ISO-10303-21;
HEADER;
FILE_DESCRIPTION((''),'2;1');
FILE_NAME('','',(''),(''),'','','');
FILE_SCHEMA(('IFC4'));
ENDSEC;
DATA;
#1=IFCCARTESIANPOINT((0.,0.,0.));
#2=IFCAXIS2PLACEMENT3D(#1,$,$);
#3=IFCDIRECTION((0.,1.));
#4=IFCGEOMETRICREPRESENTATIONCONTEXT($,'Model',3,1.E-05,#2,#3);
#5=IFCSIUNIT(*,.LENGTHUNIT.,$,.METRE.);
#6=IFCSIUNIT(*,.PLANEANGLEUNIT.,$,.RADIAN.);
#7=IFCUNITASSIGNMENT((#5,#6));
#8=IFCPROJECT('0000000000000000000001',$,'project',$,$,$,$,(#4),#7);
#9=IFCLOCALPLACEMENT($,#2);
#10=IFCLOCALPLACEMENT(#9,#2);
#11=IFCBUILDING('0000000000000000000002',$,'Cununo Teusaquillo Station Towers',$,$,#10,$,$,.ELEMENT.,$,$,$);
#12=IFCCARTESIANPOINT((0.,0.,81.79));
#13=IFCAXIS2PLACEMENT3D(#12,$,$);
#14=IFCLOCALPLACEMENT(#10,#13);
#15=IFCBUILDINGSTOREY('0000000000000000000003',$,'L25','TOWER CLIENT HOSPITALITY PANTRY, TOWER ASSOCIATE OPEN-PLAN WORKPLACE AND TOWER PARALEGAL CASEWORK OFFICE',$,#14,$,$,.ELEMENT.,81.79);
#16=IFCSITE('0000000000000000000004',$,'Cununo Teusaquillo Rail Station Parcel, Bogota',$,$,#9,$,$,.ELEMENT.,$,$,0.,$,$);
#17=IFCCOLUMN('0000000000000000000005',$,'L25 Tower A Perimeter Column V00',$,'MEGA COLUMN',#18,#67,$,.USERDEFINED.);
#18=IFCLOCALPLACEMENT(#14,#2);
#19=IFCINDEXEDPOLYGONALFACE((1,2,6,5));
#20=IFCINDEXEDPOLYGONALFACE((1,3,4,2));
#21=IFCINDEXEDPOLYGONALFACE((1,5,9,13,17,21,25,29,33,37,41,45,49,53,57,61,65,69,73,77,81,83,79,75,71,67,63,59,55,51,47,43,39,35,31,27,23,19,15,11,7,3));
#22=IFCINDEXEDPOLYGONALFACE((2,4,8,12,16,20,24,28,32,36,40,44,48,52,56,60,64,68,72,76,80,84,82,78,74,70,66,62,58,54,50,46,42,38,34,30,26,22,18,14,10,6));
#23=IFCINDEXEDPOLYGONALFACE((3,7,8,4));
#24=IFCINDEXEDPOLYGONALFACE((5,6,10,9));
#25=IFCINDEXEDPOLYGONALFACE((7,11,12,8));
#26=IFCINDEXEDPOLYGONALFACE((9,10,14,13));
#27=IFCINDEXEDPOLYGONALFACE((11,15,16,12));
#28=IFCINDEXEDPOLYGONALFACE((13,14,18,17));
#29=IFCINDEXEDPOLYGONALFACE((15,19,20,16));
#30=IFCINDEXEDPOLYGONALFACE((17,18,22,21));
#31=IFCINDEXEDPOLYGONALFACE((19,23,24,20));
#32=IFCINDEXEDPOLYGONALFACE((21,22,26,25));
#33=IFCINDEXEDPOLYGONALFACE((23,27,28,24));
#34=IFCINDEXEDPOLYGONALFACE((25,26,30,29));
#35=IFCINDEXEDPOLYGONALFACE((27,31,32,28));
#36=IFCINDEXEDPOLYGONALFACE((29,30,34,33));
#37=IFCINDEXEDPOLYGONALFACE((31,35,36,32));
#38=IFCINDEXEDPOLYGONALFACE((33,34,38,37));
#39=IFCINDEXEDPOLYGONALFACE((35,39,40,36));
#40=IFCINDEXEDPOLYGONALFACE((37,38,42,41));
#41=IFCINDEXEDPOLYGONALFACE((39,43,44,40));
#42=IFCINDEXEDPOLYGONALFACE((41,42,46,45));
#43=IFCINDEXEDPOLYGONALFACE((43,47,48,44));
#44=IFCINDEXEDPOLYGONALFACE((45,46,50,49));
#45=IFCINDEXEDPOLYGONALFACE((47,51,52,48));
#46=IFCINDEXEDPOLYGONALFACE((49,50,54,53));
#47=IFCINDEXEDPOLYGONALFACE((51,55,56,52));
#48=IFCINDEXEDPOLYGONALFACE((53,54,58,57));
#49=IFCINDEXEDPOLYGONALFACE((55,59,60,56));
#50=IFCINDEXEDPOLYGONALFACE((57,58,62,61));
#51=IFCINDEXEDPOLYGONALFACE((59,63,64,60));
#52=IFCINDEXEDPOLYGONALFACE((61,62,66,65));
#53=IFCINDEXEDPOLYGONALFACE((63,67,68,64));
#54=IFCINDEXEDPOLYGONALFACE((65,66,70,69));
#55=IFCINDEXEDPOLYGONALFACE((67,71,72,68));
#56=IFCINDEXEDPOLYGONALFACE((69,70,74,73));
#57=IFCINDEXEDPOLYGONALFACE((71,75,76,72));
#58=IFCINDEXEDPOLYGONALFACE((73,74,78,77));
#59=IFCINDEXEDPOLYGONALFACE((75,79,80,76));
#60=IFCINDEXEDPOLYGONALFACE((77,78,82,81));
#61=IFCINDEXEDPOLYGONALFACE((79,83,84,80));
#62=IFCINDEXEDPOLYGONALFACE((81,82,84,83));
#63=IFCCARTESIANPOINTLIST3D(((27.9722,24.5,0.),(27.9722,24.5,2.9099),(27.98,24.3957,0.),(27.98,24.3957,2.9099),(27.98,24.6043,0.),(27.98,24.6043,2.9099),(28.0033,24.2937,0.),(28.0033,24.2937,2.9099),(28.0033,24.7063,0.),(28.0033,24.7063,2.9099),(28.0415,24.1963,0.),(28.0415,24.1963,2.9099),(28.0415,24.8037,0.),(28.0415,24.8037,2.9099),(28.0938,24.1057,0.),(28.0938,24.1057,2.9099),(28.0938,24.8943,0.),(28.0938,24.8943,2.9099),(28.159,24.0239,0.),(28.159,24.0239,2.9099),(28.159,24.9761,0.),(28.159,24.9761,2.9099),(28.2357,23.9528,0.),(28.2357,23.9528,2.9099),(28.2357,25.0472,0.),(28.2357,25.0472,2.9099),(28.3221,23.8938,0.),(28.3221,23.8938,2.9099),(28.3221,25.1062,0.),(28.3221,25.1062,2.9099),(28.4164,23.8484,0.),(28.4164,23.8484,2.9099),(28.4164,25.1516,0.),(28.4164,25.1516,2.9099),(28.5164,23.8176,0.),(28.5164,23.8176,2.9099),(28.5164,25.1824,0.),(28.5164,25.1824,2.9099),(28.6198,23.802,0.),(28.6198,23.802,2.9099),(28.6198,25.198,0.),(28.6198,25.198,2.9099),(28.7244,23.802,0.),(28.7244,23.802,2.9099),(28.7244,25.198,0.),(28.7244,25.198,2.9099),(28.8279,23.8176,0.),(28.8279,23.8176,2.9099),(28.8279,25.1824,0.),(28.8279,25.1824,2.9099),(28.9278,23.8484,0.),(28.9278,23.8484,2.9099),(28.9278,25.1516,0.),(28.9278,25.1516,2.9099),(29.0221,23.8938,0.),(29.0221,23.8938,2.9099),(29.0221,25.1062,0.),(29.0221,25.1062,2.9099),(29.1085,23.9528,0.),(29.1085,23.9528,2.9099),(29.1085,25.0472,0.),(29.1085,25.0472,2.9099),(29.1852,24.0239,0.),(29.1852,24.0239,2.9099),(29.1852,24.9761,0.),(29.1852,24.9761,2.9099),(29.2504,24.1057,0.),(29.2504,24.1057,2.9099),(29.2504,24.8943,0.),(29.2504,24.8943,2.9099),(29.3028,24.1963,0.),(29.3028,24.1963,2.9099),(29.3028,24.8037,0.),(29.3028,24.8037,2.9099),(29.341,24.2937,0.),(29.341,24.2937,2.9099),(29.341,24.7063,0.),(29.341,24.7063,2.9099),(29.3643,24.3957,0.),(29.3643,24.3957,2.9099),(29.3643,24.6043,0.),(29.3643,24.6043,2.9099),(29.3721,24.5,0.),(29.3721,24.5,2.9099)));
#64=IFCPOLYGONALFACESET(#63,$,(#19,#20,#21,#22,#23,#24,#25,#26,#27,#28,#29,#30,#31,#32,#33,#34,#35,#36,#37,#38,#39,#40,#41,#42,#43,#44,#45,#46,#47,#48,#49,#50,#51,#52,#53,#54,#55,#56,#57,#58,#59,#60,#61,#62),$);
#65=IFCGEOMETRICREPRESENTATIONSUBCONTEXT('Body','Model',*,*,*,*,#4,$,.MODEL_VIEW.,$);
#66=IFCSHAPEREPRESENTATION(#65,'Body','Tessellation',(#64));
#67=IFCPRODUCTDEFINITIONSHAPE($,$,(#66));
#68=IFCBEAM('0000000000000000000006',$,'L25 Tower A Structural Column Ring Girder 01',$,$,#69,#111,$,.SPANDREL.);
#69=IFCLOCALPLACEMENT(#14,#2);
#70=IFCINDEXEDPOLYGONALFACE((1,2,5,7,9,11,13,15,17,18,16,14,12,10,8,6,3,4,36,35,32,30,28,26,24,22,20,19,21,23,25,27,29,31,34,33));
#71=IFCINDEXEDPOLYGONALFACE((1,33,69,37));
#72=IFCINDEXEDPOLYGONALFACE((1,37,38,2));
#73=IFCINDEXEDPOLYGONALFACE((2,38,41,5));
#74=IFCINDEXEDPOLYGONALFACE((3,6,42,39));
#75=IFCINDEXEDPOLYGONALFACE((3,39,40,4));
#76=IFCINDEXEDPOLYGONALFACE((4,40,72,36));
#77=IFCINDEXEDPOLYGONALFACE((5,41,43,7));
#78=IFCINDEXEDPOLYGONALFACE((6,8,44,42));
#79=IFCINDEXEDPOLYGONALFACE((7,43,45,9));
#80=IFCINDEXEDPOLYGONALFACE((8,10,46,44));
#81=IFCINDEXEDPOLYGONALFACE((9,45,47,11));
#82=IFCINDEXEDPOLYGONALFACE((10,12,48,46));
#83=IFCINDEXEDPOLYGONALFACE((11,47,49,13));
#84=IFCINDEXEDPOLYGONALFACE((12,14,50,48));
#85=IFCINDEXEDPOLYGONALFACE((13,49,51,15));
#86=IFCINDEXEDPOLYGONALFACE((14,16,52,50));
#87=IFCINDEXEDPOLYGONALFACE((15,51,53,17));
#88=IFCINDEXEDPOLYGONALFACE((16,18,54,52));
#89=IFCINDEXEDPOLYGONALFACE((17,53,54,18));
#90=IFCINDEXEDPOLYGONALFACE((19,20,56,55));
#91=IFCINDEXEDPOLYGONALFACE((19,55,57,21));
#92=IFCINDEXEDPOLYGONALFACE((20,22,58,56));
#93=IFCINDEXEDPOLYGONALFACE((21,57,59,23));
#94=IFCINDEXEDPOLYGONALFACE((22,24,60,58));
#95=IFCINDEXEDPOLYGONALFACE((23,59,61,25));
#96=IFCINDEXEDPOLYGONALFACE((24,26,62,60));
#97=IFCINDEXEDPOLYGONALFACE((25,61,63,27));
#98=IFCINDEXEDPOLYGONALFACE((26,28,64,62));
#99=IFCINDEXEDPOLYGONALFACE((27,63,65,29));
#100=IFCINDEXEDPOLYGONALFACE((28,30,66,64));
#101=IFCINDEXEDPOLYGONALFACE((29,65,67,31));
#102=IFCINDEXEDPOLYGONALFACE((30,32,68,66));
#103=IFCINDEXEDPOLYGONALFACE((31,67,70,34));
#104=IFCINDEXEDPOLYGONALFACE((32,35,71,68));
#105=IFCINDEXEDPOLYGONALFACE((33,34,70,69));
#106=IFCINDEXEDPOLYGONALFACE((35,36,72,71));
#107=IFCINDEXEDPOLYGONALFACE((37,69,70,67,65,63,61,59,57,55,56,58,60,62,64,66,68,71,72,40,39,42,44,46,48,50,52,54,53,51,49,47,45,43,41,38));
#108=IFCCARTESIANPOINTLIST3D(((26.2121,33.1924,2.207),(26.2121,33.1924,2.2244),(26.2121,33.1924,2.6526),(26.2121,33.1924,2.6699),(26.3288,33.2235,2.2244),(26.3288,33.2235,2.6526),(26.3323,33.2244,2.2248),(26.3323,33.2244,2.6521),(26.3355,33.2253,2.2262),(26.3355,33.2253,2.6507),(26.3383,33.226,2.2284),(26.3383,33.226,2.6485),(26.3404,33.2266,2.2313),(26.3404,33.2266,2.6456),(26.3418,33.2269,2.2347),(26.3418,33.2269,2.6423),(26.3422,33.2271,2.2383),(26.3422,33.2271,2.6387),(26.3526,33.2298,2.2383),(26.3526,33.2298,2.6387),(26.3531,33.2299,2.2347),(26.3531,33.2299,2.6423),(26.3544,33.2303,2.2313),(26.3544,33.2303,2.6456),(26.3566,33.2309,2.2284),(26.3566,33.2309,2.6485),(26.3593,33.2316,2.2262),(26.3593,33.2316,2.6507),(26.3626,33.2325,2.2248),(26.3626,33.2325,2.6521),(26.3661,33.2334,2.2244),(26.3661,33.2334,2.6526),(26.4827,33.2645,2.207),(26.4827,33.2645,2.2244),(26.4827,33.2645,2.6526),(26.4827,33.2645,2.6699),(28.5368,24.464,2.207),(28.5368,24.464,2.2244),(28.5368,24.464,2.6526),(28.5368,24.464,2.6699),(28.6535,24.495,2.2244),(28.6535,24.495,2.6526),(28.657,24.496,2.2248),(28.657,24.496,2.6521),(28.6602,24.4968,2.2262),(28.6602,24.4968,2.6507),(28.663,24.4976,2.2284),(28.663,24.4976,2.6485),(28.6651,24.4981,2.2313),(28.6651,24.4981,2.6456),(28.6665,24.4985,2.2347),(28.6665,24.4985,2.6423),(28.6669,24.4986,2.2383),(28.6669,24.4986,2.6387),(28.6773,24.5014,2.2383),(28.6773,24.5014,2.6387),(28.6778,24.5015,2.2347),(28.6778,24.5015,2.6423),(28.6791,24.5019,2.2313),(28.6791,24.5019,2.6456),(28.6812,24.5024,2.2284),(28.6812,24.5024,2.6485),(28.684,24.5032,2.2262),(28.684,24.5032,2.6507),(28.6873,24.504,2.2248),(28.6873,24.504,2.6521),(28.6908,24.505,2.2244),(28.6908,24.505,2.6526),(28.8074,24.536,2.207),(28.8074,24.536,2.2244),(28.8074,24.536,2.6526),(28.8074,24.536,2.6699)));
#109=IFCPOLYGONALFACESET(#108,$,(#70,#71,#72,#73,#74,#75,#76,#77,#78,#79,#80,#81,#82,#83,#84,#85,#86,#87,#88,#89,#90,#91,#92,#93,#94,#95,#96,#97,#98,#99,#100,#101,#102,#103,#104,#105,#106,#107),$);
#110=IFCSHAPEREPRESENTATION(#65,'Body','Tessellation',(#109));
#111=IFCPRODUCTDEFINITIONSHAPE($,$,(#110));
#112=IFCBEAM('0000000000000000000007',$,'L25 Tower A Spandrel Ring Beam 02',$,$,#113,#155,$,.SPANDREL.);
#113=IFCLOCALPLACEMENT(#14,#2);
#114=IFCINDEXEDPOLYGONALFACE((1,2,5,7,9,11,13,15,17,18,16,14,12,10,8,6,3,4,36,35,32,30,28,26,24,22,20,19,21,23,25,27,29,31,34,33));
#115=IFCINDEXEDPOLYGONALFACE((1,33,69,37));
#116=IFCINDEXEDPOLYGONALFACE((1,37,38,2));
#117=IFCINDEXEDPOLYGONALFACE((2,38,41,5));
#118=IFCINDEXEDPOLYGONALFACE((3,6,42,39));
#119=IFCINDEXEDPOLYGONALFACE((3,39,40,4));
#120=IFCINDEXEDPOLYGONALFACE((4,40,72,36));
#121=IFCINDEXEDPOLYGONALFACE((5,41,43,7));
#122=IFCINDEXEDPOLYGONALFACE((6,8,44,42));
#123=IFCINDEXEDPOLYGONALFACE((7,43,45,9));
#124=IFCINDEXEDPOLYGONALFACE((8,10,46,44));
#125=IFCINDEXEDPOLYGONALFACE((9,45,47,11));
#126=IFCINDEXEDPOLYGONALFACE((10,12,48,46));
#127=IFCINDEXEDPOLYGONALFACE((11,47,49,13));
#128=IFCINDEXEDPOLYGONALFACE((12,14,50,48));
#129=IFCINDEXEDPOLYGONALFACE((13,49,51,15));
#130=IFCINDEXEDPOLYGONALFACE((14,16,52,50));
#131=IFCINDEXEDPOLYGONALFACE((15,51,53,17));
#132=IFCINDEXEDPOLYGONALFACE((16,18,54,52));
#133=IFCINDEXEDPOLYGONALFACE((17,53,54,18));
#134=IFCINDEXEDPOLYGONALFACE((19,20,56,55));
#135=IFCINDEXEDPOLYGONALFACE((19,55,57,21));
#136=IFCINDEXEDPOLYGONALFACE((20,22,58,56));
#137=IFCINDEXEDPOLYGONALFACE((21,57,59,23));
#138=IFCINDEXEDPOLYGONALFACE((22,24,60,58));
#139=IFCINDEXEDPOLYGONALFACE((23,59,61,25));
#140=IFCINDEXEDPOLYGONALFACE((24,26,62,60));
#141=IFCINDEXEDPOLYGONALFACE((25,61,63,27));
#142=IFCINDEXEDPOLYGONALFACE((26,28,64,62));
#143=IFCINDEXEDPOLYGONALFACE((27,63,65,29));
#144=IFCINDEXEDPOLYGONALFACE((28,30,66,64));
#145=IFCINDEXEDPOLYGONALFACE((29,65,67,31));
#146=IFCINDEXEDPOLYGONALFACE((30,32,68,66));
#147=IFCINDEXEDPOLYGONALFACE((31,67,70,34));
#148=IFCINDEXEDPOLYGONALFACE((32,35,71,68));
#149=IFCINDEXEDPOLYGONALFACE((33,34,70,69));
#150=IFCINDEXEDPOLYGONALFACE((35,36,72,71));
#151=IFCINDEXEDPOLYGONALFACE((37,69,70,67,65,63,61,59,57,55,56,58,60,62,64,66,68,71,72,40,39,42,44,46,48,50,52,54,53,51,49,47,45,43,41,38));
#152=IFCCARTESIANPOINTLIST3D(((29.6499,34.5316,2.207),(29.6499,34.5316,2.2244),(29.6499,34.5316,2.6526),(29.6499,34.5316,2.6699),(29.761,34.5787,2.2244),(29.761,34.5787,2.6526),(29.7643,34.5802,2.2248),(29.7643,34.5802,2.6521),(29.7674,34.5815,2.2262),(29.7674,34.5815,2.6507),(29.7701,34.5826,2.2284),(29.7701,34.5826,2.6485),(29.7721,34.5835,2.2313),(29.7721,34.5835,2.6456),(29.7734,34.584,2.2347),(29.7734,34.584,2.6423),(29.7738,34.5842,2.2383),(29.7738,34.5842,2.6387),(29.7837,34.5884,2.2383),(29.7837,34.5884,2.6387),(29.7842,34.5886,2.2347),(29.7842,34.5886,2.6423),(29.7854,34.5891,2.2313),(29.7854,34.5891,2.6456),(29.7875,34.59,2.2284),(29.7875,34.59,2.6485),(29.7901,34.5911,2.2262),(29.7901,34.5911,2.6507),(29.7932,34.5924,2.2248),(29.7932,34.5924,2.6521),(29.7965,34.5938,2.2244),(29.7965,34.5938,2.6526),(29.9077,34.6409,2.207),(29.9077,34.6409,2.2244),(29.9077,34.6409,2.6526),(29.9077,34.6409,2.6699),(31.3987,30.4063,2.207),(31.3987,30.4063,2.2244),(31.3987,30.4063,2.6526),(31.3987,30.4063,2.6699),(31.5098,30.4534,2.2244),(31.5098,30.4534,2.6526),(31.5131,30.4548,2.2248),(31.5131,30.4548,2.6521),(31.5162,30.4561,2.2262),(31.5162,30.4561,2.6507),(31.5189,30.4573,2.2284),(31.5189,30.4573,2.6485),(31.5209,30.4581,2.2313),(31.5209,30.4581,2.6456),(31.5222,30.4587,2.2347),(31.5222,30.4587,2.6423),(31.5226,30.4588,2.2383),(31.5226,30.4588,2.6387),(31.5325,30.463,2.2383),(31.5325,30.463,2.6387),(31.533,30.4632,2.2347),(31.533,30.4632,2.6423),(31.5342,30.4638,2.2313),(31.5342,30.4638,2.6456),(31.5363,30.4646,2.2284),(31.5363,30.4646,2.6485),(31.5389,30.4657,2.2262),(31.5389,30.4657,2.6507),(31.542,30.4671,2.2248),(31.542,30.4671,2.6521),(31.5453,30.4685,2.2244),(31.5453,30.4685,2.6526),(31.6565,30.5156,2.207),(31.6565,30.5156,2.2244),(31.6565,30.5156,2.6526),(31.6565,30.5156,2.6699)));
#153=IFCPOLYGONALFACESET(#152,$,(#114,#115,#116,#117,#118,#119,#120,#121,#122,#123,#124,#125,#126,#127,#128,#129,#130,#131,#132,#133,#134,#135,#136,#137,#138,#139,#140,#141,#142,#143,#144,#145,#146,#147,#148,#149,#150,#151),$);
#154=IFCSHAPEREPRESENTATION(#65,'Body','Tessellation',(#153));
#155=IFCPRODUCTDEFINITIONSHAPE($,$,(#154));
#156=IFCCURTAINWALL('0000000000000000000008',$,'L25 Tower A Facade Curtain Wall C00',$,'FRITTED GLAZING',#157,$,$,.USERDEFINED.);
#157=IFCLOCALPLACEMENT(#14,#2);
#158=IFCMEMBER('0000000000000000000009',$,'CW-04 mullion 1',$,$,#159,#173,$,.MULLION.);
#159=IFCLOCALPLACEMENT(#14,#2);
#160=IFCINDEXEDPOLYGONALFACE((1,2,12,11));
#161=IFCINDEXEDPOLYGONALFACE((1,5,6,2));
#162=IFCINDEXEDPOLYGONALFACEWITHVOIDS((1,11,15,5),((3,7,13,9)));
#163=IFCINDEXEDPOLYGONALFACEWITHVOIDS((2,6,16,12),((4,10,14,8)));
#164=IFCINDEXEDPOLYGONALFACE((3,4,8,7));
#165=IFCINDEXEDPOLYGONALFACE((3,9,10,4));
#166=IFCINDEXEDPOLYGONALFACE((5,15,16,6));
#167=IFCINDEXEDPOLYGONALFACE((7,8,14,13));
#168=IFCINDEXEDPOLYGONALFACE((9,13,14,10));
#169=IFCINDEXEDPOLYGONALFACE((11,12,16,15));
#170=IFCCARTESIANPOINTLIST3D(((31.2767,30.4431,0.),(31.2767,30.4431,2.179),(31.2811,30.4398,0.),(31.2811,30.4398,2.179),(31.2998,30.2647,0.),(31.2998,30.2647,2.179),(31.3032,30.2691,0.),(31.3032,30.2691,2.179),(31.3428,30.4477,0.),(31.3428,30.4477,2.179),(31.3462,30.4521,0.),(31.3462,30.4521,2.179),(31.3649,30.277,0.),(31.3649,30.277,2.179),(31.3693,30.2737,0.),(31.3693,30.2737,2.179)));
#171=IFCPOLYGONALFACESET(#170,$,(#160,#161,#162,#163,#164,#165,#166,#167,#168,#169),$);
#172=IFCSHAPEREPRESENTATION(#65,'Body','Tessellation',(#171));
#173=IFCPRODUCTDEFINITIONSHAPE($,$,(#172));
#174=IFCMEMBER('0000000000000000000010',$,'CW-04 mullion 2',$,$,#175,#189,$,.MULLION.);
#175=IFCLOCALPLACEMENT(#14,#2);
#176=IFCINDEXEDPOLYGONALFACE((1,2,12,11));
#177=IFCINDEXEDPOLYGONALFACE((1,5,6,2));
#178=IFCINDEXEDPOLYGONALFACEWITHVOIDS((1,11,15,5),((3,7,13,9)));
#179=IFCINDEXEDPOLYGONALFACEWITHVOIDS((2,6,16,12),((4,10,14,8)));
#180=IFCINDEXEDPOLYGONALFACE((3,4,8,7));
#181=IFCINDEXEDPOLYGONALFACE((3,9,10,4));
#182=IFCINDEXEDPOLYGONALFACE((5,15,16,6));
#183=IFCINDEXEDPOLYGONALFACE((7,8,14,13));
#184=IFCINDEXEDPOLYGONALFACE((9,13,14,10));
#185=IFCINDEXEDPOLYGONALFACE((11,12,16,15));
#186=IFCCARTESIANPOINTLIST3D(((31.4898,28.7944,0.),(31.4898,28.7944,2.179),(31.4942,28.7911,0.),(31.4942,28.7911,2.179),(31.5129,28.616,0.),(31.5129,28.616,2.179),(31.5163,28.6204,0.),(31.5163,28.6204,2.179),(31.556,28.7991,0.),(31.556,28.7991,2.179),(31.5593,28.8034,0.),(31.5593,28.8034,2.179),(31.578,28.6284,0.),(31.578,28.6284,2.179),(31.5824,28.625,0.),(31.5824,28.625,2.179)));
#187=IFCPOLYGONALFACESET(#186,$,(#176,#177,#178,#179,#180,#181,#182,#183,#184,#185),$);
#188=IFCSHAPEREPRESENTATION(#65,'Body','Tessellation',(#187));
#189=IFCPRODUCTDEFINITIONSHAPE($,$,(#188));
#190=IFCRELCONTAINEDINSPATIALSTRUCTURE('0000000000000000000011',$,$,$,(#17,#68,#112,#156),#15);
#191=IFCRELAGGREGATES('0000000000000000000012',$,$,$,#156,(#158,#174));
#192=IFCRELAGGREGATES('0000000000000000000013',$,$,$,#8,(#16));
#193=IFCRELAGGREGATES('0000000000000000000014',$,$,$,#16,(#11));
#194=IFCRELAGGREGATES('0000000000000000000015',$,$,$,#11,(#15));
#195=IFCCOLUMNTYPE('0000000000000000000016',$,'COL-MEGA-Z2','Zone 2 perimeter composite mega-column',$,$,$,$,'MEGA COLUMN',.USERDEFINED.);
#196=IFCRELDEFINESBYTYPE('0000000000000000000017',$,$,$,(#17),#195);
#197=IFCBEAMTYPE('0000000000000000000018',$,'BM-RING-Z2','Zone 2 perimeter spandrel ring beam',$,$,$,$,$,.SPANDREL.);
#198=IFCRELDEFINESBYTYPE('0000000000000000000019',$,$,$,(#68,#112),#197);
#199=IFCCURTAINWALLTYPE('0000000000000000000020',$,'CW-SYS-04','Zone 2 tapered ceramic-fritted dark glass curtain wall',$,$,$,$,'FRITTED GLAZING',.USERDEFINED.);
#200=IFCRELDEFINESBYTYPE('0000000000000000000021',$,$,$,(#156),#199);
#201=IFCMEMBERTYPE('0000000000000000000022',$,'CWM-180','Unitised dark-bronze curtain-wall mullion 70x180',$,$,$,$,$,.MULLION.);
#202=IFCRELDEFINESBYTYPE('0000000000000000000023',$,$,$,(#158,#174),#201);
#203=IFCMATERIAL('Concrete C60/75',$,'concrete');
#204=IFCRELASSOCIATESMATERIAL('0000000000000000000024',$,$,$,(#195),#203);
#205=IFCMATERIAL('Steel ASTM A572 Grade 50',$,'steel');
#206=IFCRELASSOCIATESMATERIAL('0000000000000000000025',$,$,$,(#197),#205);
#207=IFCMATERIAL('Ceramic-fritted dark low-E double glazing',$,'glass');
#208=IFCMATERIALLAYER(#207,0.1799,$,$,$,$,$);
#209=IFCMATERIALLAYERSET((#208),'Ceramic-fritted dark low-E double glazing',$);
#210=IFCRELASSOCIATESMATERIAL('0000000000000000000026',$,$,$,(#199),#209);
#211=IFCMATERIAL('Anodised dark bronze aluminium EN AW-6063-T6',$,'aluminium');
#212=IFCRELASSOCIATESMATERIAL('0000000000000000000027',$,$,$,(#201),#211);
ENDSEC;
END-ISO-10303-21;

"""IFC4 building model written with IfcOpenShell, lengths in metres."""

from ifc_helpers import new_model, si_unit, direction, frame, origin, origin_2d, place, context, subcontext, project, spatial, hollow_rectangle, circle, i_section, extrude, material, layer, layer_set, material_profile, profile_set, type_object, element, aggregate, save


model = new_model("IFC4")

# Units and contexts
model_context = context("Model", 3, precision=1e-05, world=origin(), true_north=direction((0.0, 1.0)))
body_context = subcontext(model_context, "Body", "Model", "MODEL_VIEW")
ifc_project = project(units=[si_unit("LENGTHUNIT", "METRE"), si_unit("PLANEANGLEUNIT", "RADIAN")], contexts=[model_context])

# Site, building, storey
site_placement = place(None, origin())
site = spatial("IfcSite", under=ifc_project, at=site_placement, Name="Cununo Teusaquillo Rail Station Parcel, Bogota", CompositionType="ELEMENT", RefElevation=0.0)
building_placement = place(site_placement, origin())
building = spatial("IfcBuilding", under=site, at=building_placement, Name="Cununo Teusaquillo Station Towers", CompositionType="ELEMENT")
storey_placement = place(building_placement, frame((0.0, 0.0, 81.79)))
storey = spatial("IfcBuildingStorey", under=building, at=storey_placement, Name="L25", Description="TOWER CLIENT HOSPITALITY PANTRY, TOWER ASSOCIATE OPEN-PLAN WORKPLACE AND TOWER PARALEGAL CASEWORK OFFICE", CompositionType="ELEMENT", Elevation=81.79)

# Column
ifc_material_1 = material(Name="Concrete C60/75", Category="concrete")
ifc_material_profile_1 = material_profile(ifc_material_1, circle(Radius=0.7, at=origin_2d()), Name="RC-CIRC-1400")
ifc_profile_set_1 = profile_set([ifc_material_profile_1], Name="Concrete C60/75")
column_type = type_object("IfcColumnType", Name="COL-MEGA-Z2", Description="Zone 2 perimeter composite mega-column", ElementType="MEGA COLUMN", PredefinedType="USERDEFINED", material=ifc_profile_set_1)
column_placement = place(storey_placement, frame((28.6721, 24.5, 0.0), z_axis=(0.0, 0.0, 1.0), x_axis=(1.0, 0.0, 0.0)))
element("IfcColumn", 1, at=column_placement, inside=storey, type_object=column_type, Name="L25 Tower A Perimeter Column V00", ObjectType="MEGA COLUMN", PredefinedType="USERDEFINED", context=body_context, shape_type="SweptSolid", body=[
    extrude(circle(Radius=0.7, at=origin_2d()), origin(), (0.0, 0.0, 1.0), 2.9099),
])

# Beams
ifc_material_2 = material(Name="Steel ASTM A572 Grade 50", Category="steel")
ifc_material_profile_2 = material_profile(ifc_material_2, i_section(OverallWidth=0.28, OverallDepth=0.4629, WebThickness=0.0107, FlangeThickness=0.0173, FilletRadius=0.0139, at=origin_2d()), Name="W18X76")
ifc_profile_set_2 = profile_set([ifc_material_profile_2], Name="Steel ASTM A572 Grade 50")
beam_type = type_object("IfcBeamType", Name="BM-RING-Z2", Description="Zone 2 perimeter spandrel ring beam", PredefinedType="SPANDREL", material=ifc_profile_set_2)
beam_1_placement = place(storey_placement, frame((28.6721, 24.5, 2.4385), z_axis=(-0.257363, 0.966315, 0.0), x_axis=(-0.966315, -0.257363, 0.0)))
element("IfcBeam", 2, at=beam_1_placement, inside=storey, type_object=beam_type, Name="L25 Tower A Structural Column Ring Girder 01", PredefinedType="SPANDREL", context=body_context, shape_type="SweptSolid", body=[
    extrude(i_section(OverallWidth=0.28, OverallDepth=0.4629, WebThickness=0.0107, FlangeThickness=0.0173, FilletRadius=0.0139, at=origin_2d()), origin(), (0.0, 0.0, 1.0), 9.0327),
])
beam_2_placement = place(storey_placement, frame((31.5276, 30.4609, 2.4385), z_axis=(-0.390299, 0.920688, 0.0), x_axis=(-0.920688, -0.390299, 0.0)))
element("IfcBeam", 3, at=beam_2_placement, inside=storey, type_object=beam_type, Name="L25 Tower A Spandrel Ring Beam 02", PredefinedType="SPANDREL", context=body_context, shape_type="SweptSolid", body=[
    extrude(i_section(OverallWidth=0.28, OverallDepth=0.4629, WebThickness=0.0107, FlangeThickness=0.0173, FilletRadius=0.0139, at=origin_2d()), origin(), (0.0, 0.0, 1.0), 4.4807),
])

# Curtain wall, members
ifc_material_3 = material(Name="Ceramic-fritted dark low-E double glazing", Category="glass")
ifc_layer_1 = layer(ifc_material_3, 0.1799)
ifc_layer_set_1 = layer_set([ifc_layer_1], Name="Ceramic-fritted dark low-E double glazing")
curtain_wall_type = type_object("IfcCurtainWallType", Name="CW-SYS-04", Description="Zone 2 tapered ceramic-fritted dark glass curtain wall", ElementType="FRITTED GLAZING", PredefinedType="USERDEFINED", material=ifc_layer_set_1)
curtain_wall_placement = place(storey_placement, origin())
curtain_wall = element("IfcCurtainWall", 4, at=curtain_wall_placement, inside=storey, type_object=curtain_wall_type, Name="L25 Tower A Facade Curtain Wall C00", ObjectType="FRITTED GLAZING", PredefinedType="USERDEFINED")
ifc_material_4 = material(Name="Anodised dark bronze aluminium EN AW-6063-T6", Category="aluminium")
ifc_material_profile_3 = material_profile(ifc_material_4, hollow_rectangle(XDim=0.0701, YDim=0.1799, WallThickness=0.0039, at=origin_2d()), Name="CW-MULL-70x180")
ifc_profile_set_3 = profile_set([ifc_material_profile_3], Name="Anodised dark bronze aluminium EN AW-6063-T6")
member_type_1 = type_object("IfcMemberType", Name="CWM-180", Description="Unitised dark-bronze curtain-wall mullion 70x180", PredefinedType="MULLION", material=ifc_profile_set_3)
member_1_placement = place(storey_placement, frame((31.323, 30.3584, 0.0), z_axis=(0.0, 0.0, 1.0), x_axis=(0.991731, 0.128336, 0.0)))
member_1 = element("IfcMember", 5, at=member_1_placement, type_object=member_type_1, Name="CW-04 mullion 1", PredefinedType="MULLION", context=body_context, shape_type="SweptSolid", body=[
    extrude(hollow_rectangle(XDim=0.0701, YDim=0.1799, WallThickness=0.0039, at=origin_2d()), origin(), (0.0, 0.0, 1.0), 2.179),
])
member_2_placement = place(storey_placement, frame((31.5361, 28.7097, 0.0), z_axis=(0.0, 0.0, 1.0), x_axis=(0.991731, 0.128336, 0.0)))
member_2 = element("IfcMember", 6, at=member_2_placement, type_object=member_type_1, Name="CW-04 mullion 2", PredefinedType="MULLION", context=body_context, shape_type="SweptSolid", body=[
    extrude(hollow_rectangle(XDim=0.0701, YDim=0.1799, WallThickness=0.0039, at=origin_2d()), origin(), (0.0, 0.0, 1.0), 2.179),
])
aggregate(curtain_wall, [member_1, member_2])

save(model, "model.ifc")
